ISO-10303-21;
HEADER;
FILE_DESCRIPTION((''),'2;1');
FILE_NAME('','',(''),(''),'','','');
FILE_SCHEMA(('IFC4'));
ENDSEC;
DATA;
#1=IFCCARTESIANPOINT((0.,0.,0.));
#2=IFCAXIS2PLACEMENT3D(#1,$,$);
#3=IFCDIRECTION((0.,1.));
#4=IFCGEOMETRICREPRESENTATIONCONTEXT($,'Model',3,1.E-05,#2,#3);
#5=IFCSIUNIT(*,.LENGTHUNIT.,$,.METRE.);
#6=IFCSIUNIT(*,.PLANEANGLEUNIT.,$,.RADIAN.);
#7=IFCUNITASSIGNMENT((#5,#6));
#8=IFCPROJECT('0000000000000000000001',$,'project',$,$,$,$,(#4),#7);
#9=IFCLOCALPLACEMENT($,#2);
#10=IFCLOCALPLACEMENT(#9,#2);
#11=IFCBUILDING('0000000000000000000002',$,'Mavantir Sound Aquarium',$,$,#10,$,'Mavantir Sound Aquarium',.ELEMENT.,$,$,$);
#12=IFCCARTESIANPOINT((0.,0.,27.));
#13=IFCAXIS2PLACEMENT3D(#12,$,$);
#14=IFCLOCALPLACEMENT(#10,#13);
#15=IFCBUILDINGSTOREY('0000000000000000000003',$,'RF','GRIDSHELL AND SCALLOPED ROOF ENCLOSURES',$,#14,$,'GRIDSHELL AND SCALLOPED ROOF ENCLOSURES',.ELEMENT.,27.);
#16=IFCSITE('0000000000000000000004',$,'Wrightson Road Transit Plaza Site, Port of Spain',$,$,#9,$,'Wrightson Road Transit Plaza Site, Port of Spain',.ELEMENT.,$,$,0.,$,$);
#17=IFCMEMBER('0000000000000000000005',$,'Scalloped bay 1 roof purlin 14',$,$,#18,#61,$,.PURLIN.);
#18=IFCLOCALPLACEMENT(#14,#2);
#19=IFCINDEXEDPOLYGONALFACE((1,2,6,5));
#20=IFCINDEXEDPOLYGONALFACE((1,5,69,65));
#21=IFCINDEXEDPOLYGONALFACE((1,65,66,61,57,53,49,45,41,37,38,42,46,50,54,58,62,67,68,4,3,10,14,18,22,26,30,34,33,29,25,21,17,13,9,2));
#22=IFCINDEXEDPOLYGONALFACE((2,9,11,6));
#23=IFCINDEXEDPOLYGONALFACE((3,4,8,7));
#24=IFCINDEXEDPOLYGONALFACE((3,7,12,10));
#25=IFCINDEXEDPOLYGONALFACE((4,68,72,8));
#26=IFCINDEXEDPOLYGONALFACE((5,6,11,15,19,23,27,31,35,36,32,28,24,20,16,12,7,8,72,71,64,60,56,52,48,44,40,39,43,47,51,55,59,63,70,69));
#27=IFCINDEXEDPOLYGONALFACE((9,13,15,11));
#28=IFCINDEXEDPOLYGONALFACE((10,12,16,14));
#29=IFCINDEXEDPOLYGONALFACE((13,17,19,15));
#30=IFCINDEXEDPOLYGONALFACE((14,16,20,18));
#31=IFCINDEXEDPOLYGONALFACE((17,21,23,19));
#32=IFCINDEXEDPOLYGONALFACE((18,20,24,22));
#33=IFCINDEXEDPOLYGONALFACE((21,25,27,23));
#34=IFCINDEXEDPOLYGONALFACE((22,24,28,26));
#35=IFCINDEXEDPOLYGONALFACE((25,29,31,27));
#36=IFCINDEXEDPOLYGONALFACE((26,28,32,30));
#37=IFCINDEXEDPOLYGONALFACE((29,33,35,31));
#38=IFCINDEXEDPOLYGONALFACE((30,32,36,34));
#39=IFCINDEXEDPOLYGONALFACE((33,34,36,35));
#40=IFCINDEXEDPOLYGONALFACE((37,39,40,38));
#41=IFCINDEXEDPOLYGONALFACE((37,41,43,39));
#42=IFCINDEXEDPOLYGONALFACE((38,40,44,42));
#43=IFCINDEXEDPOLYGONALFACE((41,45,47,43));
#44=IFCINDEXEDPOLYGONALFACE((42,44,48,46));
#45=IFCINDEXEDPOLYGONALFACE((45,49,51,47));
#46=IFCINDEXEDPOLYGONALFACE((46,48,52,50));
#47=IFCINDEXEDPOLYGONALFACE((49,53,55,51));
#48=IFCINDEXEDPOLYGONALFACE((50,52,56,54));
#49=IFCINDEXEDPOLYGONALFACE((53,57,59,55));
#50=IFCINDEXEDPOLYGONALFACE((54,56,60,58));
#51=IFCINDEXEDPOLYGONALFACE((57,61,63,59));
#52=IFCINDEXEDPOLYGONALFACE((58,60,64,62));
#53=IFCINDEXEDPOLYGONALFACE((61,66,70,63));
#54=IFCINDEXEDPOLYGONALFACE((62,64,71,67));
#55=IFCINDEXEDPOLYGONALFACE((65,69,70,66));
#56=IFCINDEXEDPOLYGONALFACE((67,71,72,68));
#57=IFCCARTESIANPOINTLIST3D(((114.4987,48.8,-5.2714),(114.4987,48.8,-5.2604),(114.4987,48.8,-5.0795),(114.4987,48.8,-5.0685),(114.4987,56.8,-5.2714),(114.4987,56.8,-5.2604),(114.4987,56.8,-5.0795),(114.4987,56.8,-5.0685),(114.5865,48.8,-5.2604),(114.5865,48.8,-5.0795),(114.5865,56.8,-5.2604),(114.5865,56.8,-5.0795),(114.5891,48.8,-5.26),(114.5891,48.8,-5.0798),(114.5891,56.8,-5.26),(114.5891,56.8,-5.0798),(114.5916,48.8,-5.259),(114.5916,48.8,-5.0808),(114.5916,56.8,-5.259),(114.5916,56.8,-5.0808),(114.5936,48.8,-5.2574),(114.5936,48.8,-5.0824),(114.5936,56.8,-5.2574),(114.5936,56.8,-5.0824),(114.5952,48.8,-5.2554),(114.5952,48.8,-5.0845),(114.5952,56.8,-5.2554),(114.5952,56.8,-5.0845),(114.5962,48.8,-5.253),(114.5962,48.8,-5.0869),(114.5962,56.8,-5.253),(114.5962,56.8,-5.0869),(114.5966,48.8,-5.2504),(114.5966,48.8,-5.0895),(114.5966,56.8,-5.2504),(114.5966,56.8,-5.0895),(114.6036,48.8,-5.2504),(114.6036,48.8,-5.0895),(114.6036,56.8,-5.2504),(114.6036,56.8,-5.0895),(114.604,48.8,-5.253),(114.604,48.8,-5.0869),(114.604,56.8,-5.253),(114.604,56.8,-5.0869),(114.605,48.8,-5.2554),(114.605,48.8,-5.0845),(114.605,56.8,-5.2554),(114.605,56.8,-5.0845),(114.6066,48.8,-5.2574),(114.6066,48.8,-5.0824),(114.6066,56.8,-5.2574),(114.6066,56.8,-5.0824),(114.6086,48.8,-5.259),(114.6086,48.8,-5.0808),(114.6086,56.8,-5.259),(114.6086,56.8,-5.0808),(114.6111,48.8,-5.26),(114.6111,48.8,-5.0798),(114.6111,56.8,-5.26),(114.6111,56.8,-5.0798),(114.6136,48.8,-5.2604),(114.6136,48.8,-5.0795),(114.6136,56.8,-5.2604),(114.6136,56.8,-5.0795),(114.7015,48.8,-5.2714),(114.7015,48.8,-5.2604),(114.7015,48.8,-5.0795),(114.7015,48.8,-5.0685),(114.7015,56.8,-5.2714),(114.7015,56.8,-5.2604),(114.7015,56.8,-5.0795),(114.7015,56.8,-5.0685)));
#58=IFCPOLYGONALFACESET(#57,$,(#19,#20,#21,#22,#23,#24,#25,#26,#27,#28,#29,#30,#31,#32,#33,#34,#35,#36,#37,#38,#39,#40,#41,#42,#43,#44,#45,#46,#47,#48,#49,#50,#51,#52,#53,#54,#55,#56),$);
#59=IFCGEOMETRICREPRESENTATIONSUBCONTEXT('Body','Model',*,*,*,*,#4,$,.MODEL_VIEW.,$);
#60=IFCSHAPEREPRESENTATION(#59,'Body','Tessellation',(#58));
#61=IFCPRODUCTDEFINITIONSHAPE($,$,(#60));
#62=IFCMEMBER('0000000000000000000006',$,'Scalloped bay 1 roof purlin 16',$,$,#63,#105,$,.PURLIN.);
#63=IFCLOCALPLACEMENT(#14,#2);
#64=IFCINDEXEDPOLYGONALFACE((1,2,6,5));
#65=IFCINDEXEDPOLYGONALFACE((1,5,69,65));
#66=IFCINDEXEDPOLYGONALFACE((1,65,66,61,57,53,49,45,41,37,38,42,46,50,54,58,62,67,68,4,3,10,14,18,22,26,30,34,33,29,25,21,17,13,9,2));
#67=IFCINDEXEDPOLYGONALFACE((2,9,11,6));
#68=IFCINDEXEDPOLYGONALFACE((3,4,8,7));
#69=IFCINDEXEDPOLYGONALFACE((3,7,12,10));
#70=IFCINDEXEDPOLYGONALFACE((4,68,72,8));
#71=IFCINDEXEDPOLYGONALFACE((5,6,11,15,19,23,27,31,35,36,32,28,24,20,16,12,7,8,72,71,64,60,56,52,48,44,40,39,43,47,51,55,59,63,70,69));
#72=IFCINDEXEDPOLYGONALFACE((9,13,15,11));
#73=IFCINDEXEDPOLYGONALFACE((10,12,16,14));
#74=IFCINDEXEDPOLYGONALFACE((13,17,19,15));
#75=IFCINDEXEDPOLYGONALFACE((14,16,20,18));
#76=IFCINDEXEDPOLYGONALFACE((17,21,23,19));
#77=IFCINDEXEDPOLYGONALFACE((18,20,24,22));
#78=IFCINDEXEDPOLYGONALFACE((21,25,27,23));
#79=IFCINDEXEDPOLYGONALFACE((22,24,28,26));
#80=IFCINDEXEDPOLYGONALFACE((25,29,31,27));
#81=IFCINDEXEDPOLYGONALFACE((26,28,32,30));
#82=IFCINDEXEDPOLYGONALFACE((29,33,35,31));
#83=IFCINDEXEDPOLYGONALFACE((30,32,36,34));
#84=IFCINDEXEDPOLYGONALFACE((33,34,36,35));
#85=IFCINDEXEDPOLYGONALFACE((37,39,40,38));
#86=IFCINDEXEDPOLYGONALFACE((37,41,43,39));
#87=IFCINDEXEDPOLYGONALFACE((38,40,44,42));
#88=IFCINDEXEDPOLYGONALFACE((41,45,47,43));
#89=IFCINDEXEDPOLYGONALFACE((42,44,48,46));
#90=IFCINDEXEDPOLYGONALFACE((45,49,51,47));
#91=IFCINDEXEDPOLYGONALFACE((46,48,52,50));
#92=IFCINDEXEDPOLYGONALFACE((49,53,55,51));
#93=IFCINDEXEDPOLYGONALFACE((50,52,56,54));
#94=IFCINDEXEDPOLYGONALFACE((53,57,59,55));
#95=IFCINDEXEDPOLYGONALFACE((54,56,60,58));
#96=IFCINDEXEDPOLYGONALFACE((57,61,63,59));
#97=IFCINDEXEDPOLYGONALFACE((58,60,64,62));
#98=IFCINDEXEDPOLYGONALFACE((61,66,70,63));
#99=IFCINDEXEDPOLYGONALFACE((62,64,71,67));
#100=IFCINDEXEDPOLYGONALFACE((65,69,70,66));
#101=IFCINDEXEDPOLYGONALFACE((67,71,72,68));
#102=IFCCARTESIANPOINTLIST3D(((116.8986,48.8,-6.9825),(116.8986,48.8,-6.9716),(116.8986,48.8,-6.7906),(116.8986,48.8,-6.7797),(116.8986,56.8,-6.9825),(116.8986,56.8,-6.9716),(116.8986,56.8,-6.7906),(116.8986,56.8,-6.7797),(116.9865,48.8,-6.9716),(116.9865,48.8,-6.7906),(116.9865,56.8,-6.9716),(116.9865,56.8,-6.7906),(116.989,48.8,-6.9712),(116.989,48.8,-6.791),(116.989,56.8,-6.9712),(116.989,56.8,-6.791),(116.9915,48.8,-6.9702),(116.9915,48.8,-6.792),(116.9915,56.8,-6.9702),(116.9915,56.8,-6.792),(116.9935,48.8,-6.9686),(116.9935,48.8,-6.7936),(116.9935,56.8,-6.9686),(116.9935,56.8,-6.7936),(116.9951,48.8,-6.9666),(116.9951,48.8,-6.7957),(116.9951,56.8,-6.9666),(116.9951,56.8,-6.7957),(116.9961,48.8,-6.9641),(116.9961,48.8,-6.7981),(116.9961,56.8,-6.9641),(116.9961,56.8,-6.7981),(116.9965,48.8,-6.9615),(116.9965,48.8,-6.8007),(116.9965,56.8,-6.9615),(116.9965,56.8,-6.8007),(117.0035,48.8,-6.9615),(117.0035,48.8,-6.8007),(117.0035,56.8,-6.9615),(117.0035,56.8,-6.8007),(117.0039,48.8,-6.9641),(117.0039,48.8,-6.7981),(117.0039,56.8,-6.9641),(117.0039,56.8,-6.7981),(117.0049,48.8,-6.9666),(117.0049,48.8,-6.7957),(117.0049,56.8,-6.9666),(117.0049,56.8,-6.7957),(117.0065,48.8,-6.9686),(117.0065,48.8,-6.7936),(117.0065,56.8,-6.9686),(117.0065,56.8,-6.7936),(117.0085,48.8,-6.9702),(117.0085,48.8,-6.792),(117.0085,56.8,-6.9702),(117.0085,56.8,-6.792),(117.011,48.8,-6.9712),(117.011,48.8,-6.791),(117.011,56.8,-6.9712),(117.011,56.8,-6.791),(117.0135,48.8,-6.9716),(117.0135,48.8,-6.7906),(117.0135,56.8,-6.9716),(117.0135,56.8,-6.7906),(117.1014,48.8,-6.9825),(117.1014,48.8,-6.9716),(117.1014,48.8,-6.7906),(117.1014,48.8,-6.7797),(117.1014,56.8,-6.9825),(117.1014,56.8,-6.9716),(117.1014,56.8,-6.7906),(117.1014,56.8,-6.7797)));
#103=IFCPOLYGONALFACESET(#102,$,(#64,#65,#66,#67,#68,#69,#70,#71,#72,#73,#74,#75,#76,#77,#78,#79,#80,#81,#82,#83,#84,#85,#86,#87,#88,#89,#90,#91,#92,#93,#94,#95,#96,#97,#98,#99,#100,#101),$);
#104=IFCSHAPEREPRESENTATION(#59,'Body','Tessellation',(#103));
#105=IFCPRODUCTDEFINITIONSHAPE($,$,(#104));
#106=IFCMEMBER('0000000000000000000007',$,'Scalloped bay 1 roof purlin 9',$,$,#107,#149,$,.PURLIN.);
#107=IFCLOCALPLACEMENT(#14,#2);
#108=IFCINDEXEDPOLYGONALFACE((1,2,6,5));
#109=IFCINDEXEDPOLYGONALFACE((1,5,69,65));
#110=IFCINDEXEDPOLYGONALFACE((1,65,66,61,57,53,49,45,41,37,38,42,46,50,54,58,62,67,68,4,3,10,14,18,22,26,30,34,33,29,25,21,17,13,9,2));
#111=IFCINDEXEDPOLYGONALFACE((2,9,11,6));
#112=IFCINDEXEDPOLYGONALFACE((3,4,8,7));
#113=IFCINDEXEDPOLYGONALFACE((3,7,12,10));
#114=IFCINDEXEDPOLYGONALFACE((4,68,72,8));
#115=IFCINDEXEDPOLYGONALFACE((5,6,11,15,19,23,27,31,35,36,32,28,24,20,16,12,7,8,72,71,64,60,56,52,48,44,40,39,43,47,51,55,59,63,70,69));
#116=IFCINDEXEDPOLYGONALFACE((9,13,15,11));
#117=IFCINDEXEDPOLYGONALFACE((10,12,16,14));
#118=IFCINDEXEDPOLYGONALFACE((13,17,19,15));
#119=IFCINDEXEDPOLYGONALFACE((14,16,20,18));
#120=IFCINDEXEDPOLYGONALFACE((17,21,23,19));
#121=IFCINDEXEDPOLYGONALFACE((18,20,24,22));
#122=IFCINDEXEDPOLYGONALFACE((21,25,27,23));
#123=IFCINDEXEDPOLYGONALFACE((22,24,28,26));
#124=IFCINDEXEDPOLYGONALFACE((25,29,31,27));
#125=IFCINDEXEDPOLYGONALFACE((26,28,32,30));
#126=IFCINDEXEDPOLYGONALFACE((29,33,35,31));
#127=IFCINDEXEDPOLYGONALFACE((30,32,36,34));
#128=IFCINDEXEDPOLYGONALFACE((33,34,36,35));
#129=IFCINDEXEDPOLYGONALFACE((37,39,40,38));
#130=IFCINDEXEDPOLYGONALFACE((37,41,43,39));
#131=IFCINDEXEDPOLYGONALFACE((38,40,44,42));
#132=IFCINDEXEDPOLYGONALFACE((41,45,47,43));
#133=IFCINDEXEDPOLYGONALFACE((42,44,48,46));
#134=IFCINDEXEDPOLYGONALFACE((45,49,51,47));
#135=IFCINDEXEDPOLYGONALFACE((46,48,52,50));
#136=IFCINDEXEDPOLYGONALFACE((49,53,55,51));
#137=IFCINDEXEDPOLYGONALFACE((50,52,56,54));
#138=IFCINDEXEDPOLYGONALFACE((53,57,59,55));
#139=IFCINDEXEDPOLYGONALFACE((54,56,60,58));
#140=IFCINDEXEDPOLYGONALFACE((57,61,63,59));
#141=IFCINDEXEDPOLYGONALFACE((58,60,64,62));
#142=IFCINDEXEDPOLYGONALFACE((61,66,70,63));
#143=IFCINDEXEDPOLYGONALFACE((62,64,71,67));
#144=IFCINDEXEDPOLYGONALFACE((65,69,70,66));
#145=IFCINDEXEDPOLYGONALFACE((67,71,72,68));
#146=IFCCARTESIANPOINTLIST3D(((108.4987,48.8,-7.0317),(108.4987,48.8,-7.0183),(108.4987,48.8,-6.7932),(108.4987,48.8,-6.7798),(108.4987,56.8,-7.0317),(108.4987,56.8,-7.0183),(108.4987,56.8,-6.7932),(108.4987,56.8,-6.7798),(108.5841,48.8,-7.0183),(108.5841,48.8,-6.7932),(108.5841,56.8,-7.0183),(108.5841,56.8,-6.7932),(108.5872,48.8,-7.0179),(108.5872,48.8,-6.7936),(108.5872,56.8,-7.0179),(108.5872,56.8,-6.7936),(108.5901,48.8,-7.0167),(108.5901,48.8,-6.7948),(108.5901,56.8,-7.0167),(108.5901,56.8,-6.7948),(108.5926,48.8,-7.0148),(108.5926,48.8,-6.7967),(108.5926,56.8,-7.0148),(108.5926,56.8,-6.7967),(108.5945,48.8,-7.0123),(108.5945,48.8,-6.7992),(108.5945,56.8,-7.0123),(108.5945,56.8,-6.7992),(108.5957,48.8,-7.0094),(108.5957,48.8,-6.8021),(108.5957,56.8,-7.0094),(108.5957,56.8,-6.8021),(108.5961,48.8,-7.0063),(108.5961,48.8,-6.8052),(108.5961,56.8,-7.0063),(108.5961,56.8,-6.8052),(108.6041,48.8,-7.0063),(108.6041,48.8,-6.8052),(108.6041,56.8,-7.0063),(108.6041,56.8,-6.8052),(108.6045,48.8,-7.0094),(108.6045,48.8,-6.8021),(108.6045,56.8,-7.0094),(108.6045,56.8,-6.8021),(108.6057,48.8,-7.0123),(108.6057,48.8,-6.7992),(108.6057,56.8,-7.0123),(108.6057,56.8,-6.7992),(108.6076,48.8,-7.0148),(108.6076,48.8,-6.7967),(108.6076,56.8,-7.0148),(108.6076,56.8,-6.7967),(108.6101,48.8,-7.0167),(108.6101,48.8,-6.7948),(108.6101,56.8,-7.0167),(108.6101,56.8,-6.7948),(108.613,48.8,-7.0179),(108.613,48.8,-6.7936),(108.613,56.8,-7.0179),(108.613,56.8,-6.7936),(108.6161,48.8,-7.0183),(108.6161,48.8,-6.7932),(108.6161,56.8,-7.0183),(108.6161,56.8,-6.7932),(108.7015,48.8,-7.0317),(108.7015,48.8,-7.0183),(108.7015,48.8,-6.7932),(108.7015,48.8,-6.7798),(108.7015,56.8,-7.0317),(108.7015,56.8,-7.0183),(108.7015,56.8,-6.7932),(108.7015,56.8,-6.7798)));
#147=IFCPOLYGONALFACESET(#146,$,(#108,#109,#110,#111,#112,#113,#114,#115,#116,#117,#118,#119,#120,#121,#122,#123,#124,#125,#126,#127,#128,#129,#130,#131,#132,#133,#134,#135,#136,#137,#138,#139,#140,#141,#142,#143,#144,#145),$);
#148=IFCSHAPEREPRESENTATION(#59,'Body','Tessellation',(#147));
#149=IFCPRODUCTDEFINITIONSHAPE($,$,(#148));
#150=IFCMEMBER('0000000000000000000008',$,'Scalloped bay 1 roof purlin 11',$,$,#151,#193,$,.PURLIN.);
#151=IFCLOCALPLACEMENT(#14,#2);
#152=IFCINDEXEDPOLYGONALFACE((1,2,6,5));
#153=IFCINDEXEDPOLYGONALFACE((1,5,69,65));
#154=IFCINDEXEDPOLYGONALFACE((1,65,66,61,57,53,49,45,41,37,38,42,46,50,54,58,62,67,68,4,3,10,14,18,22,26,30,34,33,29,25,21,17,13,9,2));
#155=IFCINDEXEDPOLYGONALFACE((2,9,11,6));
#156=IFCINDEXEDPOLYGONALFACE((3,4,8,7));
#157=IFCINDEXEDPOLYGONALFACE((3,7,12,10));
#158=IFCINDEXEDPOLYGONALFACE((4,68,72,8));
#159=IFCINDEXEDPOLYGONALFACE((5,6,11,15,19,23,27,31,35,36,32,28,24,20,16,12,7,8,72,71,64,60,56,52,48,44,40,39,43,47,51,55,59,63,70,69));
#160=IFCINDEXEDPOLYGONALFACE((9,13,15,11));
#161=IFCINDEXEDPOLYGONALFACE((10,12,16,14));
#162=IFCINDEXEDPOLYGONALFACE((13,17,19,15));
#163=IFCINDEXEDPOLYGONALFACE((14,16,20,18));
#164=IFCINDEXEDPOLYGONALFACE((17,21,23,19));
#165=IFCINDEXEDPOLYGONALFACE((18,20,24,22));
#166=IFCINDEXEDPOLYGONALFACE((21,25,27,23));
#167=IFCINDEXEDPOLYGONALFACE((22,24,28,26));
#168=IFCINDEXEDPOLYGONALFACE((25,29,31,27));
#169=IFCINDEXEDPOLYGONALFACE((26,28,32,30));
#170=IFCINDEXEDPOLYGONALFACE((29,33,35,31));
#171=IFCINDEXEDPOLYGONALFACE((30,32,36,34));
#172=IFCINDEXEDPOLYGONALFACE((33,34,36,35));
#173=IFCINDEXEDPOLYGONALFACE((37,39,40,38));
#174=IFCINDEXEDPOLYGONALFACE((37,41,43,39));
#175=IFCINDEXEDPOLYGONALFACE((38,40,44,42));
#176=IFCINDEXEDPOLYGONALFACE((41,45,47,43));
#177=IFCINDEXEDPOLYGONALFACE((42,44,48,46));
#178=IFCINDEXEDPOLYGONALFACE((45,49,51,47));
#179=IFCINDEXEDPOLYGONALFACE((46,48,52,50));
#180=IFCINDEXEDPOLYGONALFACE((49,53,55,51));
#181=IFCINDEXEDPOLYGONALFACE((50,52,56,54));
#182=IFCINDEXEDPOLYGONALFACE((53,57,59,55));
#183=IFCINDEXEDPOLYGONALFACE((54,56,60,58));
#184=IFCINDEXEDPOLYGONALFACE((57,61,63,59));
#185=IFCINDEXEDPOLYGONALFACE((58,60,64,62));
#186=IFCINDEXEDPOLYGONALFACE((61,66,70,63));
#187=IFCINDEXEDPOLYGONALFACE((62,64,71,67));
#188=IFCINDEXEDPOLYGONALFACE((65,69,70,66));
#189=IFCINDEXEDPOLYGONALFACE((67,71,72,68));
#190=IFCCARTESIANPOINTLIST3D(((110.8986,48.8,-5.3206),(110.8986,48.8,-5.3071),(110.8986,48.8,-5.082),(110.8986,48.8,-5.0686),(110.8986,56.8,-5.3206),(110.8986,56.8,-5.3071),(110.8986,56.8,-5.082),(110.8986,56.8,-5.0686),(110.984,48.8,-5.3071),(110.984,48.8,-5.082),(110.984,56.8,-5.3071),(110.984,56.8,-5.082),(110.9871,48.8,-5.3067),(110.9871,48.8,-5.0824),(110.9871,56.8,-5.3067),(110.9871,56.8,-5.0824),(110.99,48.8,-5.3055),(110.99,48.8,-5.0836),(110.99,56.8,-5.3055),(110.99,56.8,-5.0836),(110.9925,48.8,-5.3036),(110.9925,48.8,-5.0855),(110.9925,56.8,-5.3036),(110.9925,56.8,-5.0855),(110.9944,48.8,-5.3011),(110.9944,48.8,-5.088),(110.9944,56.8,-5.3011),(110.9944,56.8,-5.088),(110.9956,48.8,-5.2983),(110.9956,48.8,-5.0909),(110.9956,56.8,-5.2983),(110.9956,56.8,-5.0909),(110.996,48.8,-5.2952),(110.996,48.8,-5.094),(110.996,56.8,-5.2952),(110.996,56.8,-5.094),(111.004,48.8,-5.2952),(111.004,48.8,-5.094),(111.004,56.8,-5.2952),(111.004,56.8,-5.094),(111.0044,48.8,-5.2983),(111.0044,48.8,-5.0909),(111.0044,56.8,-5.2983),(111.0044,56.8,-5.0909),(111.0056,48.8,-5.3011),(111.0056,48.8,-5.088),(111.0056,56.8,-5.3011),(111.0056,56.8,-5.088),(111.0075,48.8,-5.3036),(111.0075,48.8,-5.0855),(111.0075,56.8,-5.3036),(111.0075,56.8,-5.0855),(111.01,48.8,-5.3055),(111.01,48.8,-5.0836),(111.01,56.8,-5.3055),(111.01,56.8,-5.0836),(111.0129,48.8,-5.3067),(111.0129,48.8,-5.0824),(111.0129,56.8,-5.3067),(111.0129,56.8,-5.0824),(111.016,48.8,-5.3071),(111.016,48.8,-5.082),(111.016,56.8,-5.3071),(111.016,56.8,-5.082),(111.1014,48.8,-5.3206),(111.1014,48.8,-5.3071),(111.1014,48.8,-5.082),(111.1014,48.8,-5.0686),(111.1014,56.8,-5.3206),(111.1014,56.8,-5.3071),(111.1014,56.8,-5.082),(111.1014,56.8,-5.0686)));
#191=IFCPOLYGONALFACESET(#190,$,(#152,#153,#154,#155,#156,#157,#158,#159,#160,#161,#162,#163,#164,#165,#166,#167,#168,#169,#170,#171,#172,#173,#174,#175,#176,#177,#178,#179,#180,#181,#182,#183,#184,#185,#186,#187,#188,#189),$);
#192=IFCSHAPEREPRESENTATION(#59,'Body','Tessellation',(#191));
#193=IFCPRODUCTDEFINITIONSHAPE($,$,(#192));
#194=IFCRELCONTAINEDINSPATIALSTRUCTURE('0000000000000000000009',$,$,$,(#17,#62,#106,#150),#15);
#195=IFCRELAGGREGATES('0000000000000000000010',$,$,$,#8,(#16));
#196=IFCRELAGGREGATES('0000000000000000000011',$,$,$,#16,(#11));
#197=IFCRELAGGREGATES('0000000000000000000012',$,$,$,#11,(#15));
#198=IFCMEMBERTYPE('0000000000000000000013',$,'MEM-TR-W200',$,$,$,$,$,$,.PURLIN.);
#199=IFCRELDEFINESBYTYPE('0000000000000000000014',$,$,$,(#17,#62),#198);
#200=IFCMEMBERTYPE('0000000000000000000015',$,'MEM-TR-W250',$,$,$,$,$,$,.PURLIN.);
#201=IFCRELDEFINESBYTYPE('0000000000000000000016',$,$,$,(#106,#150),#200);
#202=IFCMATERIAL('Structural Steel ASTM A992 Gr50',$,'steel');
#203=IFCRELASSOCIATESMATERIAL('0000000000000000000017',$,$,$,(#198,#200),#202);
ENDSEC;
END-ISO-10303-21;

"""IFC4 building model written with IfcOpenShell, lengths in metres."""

from ifc_helpers import new_model, si_unit, direction, frame, origin, origin_2d, place, context, subcontext, project, spatial, i_section, extrude, material, material_profile, profile_set, type_object, element, save


model = new_model("IFC4")

# Units and contexts
model_context = context("Model", 3, precision=1e-05, world=origin(), true_north=direction((0.0, 1.0)))
body_context = subcontext(model_context, "Body", "Model", "MODEL_VIEW")
ifc_project = project(units=[si_unit("LENGTHUNIT", "METRE"), si_unit("PLANEANGLEUNIT", "RADIAN")], contexts=[model_context])

# Site, building, storey
site_placement = place(None, origin())
site = spatial("IfcSite", under=ifc_project, at=site_placement, Name="Wrightson Road Transit Plaza Site, Port of Spain", LongName="Wrightson Road Transit Plaza Site, Port of Spain", CompositionType="ELEMENT", RefElevation=0.0)
building_placement = place(site_placement, origin())
building = spatial("IfcBuilding", under=site, at=building_placement, Name="Mavantir Sound Aquarium", LongName="Mavantir Sound Aquarium", CompositionType="ELEMENT")
storey_placement = place(building_placement, frame((0.0, 0.0, 27.0)))
storey = spatial("IfcBuildingStorey", under=building, at=storey_placement, Name="RF", Description="GRIDSHELL AND SCALLOPED ROOF ENCLOSURES", LongName="GRIDSHELL AND SCALLOPED ROOF ENCLOSURES", CompositionType="ELEMENT", Elevation=27.0)

# Shared definitions
ifc_material_1 = material(Name="Structural Steel ASTM A992 Gr50", Category="steel")

# Members
ifc_material_profile_1 = material_profile(ifc_material_1, i_section(OverallWidth=0.2029, OverallDepth=0.2029, WebThickness=0.0071, FlangeThickness=0.011, FilletRadius=0.01, at=origin_2d()), Name="W200X46")
ifc_profile_set_1 = profile_set([ifc_material_profile_1], Name="Structural Steel ASTM A992 Gr50")
member_type_1 = type_object("IfcMemberType", Name="MEM-TR-W200", PredefinedType="PURLIN", material=ifc_profile_set_1)
for number, where, z_axis, x_axis, name in (
    (1, (114.6001, 48.8, -5.1699), (0.0, 1.0, 0.0), (-1.0, 0.0, 0.0), "Scalloped bay 1 roof purlin 14"),
    (2, (117.0, 48.8, -6.8811), (0.0, 1.0, 0.0), (-1.0, 0.0, 0.0), "Scalloped bay 1 roof purlin 16"),
):
    element("IfcMember", number, at=place(storey_placement, frame(where, z_axis=z_axis, x_axis=x_axis)), inside=storey, type_object=member_type_1, Name=name, PredefinedType="PURLIN", context=body_context, shape_type="SweptSolid", body=[
        extrude(i_section(OverallWidth=0.2029, OverallDepth=0.2029, WebThickness=0.0071, FlangeThickness=0.011, FilletRadius=0.01, at=origin_2d()), origin(), (0.0, 0.0, 1.0), 8.0),
    ])
ifc_material_profile_2 = material_profile(ifc_material_1, i_section(OverallWidth=0.2029, OverallDepth=0.252, WebThickness=0.0081, FlangeThickness=0.0134, FilletRadius=0.012, at=origin_2d()), Name="W250X58")
ifc_profile_set_2 = profile_set([ifc_material_profile_2], Name="Structural Steel ASTM A992 Gr50")
member_type_2 = type_object("IfcMemberType", Name="MEM-TR-W250", PredefinedType="PURLIN", material=ifc_profile_set_2)
for number, where, z_axis, x_axis, name in (
    (3, (108.6001, 48.8, -6.9058), (0.0, 1.0, 0.0), (-1.0, 0.0, 0.0), "Scalloped bay 1 roof purlin 9"),
    (4, (111.0, 48.8, -5.1946), (0.0, 1.0, 0.0), (-1.0, 0.0, 0.0), "Scalloped bay 1 roof purlin 11"),
):
    element("IfcMember", number, at=place(storey_placement, frame(where, z_axis=z_axis, x_axis=x_axis)), inside=storey, type_object=member_type_2, Name=name, PredefinedType="PURLIN", context=body_context, shape_type="SweptSolid", body=[
        extrude(i_section(OverallWidth=0.2029, OverallDepth=0.252, WebThickness=0.0081, FlangeThickness=0.0134, FilletRadius=0.012, at=origin_2d()), origin(), (0.0, 0.0, 1.0), 8.0),
    ])

save(model, "model.ifc")
